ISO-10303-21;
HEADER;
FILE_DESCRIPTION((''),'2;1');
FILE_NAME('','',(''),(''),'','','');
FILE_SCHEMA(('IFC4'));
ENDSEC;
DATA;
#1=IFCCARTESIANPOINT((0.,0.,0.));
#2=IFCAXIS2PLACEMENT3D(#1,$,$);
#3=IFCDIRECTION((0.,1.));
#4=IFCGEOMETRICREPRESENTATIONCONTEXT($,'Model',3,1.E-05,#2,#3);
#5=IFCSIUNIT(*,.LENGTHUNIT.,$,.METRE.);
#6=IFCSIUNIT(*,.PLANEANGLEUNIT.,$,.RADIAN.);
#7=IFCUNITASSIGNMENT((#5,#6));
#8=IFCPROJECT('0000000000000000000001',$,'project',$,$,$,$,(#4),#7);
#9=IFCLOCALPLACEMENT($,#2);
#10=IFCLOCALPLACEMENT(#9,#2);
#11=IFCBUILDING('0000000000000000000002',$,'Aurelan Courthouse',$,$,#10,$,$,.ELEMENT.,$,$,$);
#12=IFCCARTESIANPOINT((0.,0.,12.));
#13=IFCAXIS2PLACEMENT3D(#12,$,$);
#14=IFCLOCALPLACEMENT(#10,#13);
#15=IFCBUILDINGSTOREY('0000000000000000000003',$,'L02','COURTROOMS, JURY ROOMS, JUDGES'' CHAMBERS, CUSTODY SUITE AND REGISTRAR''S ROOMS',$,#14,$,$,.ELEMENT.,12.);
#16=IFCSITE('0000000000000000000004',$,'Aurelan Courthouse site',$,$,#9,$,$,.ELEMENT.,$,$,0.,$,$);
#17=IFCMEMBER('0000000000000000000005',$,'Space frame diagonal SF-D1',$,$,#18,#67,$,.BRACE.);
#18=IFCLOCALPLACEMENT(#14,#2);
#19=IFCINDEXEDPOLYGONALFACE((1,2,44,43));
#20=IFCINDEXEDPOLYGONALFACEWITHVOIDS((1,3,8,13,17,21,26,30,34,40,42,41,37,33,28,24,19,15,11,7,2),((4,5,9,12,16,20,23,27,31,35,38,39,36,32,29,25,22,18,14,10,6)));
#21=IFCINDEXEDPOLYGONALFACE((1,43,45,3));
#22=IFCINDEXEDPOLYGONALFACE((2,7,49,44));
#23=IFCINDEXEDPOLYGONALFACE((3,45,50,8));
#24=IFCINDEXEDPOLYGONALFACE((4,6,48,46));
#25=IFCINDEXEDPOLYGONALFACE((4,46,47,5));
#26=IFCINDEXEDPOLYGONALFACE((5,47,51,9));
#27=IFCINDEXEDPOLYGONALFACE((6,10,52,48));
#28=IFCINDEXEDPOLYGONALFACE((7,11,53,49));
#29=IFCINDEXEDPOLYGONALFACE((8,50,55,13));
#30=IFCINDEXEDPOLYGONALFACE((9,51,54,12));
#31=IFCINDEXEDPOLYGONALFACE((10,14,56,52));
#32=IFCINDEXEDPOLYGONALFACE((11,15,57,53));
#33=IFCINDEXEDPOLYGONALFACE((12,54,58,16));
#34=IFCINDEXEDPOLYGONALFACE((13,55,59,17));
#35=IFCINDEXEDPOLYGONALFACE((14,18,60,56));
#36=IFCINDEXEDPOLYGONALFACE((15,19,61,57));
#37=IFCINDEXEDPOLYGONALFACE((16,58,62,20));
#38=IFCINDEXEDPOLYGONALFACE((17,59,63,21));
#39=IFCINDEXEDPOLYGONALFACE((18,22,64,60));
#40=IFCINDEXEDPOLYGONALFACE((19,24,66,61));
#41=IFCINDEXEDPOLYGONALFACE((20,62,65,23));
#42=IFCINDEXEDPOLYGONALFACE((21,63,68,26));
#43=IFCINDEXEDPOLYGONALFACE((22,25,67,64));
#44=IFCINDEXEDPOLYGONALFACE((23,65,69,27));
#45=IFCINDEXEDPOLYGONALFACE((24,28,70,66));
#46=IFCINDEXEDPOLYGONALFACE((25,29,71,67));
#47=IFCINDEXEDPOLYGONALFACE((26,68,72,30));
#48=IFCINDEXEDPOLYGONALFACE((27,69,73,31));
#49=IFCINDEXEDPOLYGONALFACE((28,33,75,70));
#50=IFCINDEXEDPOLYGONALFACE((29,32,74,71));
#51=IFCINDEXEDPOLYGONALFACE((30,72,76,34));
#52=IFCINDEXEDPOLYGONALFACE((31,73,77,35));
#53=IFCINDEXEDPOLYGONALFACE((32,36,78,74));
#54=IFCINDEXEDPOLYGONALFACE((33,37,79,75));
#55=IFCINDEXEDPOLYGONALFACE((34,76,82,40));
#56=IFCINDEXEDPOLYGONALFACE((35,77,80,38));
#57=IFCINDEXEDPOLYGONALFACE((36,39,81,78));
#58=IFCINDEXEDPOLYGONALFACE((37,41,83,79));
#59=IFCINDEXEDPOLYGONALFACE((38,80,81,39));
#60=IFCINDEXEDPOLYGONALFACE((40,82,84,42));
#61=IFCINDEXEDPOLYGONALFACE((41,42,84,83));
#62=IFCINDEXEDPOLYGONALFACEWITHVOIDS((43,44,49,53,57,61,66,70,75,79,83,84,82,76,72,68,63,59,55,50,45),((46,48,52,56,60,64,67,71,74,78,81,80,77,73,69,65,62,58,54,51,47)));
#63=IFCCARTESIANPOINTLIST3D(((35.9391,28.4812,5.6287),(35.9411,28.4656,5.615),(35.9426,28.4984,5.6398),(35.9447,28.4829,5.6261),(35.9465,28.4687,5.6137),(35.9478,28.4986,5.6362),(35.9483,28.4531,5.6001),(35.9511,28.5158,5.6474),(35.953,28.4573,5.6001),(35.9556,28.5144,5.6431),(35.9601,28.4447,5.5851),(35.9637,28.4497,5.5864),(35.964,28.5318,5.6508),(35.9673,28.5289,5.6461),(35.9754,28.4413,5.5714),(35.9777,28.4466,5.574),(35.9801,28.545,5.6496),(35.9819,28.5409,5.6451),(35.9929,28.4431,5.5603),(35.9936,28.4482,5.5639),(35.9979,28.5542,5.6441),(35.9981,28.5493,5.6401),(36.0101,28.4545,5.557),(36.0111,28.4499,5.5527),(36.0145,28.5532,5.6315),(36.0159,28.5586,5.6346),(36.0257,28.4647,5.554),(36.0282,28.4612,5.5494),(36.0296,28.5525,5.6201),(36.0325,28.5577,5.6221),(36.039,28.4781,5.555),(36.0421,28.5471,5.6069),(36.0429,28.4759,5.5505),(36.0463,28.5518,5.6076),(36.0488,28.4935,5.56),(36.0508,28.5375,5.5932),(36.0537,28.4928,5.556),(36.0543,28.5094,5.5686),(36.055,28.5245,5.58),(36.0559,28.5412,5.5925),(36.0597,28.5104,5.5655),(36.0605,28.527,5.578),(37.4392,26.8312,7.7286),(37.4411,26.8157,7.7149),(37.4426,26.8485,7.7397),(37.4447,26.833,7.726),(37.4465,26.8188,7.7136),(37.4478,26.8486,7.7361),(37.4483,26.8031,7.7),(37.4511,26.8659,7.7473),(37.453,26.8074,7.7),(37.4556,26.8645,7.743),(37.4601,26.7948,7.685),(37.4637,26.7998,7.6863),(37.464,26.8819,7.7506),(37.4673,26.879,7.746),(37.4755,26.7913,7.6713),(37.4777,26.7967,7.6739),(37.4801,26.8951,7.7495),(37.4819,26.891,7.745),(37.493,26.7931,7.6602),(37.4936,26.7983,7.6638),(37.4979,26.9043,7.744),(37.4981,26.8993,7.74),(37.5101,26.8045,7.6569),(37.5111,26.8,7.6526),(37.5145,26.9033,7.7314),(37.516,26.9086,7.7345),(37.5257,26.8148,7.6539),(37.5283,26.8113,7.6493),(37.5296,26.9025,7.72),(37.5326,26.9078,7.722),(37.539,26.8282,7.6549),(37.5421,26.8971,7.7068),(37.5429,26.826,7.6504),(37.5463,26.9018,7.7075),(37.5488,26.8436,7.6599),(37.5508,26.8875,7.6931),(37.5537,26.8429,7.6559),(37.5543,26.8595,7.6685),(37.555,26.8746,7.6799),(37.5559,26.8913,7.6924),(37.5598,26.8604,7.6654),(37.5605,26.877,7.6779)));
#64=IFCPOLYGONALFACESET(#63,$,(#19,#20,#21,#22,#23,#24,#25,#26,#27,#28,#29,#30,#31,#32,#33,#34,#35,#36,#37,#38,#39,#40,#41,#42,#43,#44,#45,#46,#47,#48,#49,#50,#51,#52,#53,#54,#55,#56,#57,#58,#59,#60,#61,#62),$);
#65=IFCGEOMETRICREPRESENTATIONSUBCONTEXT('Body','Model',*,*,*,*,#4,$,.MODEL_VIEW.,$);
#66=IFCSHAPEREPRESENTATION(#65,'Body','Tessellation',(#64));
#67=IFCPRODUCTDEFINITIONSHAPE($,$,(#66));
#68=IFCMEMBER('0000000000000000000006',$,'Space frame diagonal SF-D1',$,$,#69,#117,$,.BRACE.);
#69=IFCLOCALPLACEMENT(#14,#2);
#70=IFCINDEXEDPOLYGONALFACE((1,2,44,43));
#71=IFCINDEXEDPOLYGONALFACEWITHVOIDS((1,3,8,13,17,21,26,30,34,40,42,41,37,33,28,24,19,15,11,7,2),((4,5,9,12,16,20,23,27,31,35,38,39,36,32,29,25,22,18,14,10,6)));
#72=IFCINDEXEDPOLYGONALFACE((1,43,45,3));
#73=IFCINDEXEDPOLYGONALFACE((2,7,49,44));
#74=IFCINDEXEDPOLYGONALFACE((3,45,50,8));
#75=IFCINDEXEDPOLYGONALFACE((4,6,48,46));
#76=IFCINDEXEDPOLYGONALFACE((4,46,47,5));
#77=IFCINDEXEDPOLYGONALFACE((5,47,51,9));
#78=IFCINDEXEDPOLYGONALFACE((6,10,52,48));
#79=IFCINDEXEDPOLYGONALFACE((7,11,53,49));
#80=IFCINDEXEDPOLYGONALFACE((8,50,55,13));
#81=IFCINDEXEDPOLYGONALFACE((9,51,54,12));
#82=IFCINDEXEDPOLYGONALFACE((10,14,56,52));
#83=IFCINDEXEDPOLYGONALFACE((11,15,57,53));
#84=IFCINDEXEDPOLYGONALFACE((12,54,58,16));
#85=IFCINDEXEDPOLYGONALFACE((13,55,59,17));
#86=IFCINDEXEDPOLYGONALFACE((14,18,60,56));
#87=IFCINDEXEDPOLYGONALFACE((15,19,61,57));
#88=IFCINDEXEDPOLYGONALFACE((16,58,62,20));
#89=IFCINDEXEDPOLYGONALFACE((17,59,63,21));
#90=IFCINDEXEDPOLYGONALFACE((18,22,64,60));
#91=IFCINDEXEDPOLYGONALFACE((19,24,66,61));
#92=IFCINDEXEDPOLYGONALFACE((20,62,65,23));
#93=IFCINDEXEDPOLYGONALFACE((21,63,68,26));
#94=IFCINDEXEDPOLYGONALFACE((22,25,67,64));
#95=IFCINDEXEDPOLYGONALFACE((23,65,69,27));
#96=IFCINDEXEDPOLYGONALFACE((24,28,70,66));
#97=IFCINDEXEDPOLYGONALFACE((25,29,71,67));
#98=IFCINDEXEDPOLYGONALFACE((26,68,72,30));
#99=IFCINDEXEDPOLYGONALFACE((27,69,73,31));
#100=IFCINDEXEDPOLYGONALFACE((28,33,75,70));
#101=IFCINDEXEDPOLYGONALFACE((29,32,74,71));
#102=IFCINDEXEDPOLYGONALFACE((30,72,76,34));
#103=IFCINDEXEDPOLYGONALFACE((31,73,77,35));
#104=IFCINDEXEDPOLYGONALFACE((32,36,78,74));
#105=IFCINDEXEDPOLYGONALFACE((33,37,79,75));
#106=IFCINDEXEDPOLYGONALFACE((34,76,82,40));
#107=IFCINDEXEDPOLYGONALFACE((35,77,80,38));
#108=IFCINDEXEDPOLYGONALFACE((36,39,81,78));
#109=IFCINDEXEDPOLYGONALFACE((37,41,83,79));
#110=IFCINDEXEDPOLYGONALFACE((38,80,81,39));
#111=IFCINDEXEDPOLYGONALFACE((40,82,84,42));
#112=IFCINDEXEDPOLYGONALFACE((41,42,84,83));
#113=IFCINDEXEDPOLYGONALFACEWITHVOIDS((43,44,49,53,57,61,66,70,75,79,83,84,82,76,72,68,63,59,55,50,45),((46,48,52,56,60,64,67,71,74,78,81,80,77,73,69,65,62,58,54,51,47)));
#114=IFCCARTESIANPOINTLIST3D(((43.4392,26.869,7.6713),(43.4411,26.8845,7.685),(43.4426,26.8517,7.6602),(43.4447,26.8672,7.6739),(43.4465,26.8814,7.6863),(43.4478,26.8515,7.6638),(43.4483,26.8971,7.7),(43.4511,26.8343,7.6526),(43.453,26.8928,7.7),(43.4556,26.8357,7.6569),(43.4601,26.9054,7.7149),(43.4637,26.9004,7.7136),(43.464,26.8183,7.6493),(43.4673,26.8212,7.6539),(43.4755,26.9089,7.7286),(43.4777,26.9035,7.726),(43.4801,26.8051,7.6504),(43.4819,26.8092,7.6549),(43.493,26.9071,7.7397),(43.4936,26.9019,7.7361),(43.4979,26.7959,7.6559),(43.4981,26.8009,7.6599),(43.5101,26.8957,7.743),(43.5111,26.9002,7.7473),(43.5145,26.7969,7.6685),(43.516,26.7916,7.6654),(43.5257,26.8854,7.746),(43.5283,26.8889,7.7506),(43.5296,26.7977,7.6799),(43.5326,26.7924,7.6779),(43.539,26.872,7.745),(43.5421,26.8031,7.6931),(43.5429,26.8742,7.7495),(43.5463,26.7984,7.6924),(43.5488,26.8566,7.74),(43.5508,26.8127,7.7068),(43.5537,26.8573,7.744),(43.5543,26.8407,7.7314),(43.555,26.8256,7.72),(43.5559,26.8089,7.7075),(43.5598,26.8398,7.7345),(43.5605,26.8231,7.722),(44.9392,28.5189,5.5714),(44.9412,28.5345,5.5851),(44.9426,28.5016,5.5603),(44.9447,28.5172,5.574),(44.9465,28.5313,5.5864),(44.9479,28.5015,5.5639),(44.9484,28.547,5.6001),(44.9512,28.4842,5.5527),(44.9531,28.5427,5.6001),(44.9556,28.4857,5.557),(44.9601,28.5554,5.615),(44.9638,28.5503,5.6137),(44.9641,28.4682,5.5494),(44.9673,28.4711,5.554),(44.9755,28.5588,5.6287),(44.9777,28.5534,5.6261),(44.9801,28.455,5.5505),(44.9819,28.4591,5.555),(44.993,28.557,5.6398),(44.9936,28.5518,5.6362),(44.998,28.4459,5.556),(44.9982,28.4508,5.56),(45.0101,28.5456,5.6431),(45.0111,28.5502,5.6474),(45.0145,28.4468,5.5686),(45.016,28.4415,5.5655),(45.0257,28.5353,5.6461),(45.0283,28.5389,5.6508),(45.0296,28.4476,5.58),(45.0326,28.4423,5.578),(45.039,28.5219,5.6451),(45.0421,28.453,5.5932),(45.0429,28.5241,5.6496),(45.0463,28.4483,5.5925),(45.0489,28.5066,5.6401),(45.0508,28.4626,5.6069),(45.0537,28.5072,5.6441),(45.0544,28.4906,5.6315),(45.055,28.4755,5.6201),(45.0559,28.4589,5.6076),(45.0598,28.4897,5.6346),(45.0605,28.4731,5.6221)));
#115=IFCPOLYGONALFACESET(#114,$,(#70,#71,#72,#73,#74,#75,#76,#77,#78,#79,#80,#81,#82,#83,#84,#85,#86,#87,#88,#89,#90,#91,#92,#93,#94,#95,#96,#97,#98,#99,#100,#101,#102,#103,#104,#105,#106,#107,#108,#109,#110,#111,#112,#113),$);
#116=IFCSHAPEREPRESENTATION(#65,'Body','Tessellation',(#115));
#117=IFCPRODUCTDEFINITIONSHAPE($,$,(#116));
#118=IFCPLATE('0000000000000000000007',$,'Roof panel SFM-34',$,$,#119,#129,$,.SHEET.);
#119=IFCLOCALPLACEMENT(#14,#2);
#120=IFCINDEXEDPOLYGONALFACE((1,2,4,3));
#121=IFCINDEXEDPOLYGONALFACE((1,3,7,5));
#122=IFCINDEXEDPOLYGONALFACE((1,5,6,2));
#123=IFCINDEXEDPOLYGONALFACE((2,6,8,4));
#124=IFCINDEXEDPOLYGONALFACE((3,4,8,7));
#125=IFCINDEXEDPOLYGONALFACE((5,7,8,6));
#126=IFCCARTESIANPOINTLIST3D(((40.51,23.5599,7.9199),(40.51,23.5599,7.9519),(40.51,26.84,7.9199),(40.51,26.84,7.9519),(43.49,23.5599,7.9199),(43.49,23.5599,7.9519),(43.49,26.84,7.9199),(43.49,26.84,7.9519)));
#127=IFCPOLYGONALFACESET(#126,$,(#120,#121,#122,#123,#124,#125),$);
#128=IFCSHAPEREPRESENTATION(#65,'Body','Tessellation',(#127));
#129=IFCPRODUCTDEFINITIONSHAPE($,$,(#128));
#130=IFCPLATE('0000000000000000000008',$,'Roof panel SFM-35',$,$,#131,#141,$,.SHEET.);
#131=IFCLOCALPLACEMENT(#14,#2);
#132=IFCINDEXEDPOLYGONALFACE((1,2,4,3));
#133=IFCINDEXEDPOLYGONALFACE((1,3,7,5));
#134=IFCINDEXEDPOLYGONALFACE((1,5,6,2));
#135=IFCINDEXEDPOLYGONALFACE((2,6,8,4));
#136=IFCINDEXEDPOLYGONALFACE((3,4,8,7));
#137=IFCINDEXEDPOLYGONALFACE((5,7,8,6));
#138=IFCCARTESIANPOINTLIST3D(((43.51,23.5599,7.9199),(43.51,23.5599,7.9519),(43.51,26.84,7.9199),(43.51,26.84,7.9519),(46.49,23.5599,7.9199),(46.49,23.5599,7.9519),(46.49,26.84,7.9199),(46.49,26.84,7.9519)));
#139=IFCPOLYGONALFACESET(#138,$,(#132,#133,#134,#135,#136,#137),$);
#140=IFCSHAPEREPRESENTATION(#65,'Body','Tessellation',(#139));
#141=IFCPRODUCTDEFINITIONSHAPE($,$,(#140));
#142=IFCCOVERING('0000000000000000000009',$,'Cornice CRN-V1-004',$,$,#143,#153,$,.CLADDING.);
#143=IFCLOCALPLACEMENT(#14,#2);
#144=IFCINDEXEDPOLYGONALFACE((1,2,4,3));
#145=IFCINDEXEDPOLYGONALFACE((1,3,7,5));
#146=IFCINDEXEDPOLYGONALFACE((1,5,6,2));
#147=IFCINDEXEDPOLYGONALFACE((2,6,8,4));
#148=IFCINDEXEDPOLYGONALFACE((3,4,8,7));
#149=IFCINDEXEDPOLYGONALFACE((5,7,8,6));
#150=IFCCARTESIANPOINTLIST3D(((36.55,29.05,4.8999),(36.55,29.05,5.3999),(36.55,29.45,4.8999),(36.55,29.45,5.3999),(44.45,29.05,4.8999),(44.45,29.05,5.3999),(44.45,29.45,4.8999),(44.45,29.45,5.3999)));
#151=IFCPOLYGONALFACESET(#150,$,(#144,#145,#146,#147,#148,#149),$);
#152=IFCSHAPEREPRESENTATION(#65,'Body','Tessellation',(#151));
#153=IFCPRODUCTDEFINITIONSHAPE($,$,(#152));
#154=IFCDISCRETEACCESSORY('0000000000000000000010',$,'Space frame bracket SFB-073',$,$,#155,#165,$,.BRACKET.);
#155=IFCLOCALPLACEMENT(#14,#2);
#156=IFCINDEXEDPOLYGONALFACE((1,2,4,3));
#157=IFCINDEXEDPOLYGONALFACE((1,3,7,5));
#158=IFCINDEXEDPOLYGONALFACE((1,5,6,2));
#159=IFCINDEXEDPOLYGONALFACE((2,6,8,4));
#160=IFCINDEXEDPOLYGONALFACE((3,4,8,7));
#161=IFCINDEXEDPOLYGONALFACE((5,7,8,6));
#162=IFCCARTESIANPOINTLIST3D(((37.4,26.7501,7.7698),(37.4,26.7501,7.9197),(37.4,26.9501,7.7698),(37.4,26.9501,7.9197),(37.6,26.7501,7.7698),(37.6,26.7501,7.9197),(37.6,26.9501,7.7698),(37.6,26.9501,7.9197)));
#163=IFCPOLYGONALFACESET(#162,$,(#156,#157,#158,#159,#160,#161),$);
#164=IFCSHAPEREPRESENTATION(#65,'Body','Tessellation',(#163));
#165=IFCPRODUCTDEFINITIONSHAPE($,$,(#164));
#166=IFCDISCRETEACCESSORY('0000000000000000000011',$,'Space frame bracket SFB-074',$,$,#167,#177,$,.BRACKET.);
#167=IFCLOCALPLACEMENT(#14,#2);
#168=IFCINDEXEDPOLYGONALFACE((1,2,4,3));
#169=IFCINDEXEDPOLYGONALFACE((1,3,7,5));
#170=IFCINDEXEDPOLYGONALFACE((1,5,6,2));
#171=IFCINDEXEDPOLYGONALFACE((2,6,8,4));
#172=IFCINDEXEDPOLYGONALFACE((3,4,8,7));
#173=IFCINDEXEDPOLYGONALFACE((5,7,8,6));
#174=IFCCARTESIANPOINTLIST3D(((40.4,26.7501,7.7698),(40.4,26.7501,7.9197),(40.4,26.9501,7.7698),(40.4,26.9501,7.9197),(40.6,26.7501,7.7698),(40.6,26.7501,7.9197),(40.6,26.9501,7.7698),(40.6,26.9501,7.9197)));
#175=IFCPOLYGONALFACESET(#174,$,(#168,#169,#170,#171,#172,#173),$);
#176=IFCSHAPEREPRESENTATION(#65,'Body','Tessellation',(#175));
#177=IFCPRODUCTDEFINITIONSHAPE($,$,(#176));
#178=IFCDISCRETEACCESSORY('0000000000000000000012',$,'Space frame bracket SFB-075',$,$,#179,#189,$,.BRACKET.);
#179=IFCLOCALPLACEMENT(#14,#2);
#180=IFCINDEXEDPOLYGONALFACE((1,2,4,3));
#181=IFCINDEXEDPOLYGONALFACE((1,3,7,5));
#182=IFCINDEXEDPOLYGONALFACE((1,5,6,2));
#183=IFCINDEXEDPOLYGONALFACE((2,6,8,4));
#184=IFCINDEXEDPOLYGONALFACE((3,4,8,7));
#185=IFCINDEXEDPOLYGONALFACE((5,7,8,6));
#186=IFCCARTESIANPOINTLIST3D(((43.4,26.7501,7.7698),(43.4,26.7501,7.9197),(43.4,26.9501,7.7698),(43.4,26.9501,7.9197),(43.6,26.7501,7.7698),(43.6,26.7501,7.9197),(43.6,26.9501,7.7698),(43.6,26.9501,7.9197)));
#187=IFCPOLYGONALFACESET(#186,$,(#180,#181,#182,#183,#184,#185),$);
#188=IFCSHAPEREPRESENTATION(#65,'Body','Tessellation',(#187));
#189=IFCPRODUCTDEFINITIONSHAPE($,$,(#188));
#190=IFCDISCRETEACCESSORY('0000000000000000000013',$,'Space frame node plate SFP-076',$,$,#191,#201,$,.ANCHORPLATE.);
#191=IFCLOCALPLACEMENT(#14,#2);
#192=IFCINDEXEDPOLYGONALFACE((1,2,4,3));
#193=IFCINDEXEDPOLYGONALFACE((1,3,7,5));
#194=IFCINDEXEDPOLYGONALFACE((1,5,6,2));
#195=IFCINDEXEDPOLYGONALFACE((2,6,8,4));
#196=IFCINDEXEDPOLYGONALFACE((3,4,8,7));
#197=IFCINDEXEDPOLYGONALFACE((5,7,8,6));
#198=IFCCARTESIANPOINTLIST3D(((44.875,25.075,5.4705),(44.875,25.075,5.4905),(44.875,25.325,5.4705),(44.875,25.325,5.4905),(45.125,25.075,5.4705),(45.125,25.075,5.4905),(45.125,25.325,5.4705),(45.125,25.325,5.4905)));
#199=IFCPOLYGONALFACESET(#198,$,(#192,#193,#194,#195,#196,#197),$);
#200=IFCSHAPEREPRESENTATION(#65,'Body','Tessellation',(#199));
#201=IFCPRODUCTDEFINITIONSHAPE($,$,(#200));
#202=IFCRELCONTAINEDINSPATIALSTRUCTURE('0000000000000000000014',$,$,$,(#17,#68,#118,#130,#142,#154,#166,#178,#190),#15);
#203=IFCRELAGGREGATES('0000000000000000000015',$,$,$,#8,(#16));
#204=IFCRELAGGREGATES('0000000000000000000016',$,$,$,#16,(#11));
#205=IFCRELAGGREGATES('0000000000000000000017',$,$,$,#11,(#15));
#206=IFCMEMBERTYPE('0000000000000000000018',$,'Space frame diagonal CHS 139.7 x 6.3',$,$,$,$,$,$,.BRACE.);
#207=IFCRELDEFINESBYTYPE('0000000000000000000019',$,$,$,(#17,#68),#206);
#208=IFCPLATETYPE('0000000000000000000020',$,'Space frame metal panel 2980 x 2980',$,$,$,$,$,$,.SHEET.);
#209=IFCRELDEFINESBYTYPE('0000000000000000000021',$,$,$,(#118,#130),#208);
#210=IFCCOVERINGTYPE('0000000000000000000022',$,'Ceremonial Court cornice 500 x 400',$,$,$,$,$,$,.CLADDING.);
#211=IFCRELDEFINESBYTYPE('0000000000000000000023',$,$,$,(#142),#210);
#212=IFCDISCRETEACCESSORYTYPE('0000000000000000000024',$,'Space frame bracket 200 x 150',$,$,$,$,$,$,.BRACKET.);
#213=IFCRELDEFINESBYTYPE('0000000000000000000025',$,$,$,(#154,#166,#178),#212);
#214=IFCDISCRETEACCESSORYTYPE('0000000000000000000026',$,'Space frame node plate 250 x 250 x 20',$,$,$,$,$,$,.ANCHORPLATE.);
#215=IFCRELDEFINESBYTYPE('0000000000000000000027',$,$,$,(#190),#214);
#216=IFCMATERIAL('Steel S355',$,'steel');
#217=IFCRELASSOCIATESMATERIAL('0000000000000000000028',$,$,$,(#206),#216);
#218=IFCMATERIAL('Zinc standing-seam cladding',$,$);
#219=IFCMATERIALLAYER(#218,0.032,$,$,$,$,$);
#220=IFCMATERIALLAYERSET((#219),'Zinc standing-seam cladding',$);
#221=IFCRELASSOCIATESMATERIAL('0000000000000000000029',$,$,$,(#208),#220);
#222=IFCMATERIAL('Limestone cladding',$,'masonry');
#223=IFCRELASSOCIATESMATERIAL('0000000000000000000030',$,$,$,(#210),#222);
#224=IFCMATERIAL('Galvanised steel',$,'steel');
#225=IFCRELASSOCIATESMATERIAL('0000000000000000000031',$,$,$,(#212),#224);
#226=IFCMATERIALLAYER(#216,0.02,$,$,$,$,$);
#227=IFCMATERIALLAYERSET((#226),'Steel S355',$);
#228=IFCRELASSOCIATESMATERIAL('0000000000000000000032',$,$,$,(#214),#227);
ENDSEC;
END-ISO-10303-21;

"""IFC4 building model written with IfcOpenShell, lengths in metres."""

from ifc_helpers import new_model, si_unit, direction, frame, origin, origin_2d, place, context, subcontext, project, spatial, rectangle, hollow_circle, extrude, material, layer, layer_set, material_profile, profile_set, type_object, element, save


model = new_model("IFC4")

# Units and contexts
model_context = context("Model", 3, precision=1e-05, world=origin(), true_north=direction((0.0, 1.0)))
body_context = subcontext(model_context, "Body", "Model", "MODEL_VIEW")
ifc_project = project(units=[si_unit("LENGTHUNIT", "METRE"), si_unit("PLANEANGLEUNIT", "RADIAN")], contexts=[model_context])

# Site, building, storey
site_placement = place(None, origin())
site = spatial("IfcSite", under=ifc_project, at=site_placement, Name="Aurelan Courthouse site", CompositionType="ELEMENT", RefElevation=0.0)
building_placement = place(site_placement, origin())
building = spatial("IfcBuilding", under=site, at=building_placement, Name="Aurelan Courthouse", CompositionType="ELEMENT")
storey_placement = place(building_placement, frame((0.0, 0.0, 12.0)))
storey = spatial("IfcBuildingStorey", under=building, at=storey_placement, Name="L02", Description="COURTROOMS, JURY ROOMS, JUDGES' CHAMBERS, CUSTODY SUITE AND REGISTRAR'S ROOMS", CompositionType="ELEMENT", Elevation=12.0)

# Members
ifc_material_1 = material(Name="Steel S355", Category="steel")
ifc_material_profile_1 = material_profile(ifc_material_1, hollow_circle(Radius=0.0698, WallThickness=0.0063, at=origin_2d()), Name="CHS 139.7 x 6.3")
ifc_profile_set_1 = profile_set([ifc_material_profile_1], Name="Steel S355")
member_type_1 = type_object("IfcMemberType", Name="Space frame diagonal CHS 139.7 x 6.3", PredefinedType="BRACE", material=ifc_profile_set_1)
for number, where, z_axis, x_axis, name in (
    (1, (37.5, 26.8501, 7.7), (-0.489727, 0.538667, -0.685569), (-0.73992, -0.672695, 0.0), "Space frame diagonal SF-D1"),
    (2, (43.5, 26.8501, 7.7), (0.489727, 0.538667, -0.685569), (-0.73992, 0.672695, 0.0), "Space frame diagonal SF-D1"),
):
    element("IfcMember", number, at=place(storey_placement, frame(where, z_axis=z_axis, x_axis=x_axis)), inside=storey, type_object=member_type_1, Name=name, PredefinedType="BRACE", context=body_context, shape_type="SweptSolid", body=[
        extrude(hollow_circle(Radius=0.0698, WallThickness=0.0063, at=origin_2d()), origin(), (0.0, 0.0, 1.0), 3.063),
    ])

# Plates
ifc_material_2 = material(Name="Zinc standing-seam cladding")
ifc_layer_1 = layer(ifc_material_2, 0.032)
ifc_layer_set_1 = layer_set([ifc_layer_1], Name="Zinc standing-seam cladding")
plate_type = type_object("IfcPlateType", Name="Space frame metal panel 2980 x 2980", PredefinedType="SHEET", material=ifc_layer_set_1)
for number, where, z_axis, x_axis, name in (
    (3, (42.0, 25.2, 7.9199), (0.0, 0.0, 1.0), (1.0, 0.0, 0.0), "Roof panel SFM-34"),
    (4, (45.0, 25.2, 7.9199), (0.0, 0.0, 1.0), (1.0, 0.0, 0.0), "Roof panel SFM-35"),
):
    element("IfcPlate", number, at=place(storey_placement, frame(where, z_axis=z_axis, x_axis=x_axis)), inside=storey, type_object=plate_type, Name=name, PredefinedType="SHEET", context=body_context, shape_type="SweptSolid", body=[
        extrude(rectangle(XDim=2.98, YDim=3.28, at=origin_2d()), origin(), (0.0, 0.0, 1.0), 0.032),
    ])

# Covering
ifc_material_3 = material(Name="Limestone cladding", Category="masonry")
covering_type = type_object("IfcCoveringType", Name="Ceremonial Court cornice 500 x 400", PredefinedType="CLADDING", material=ifc_material_3)
covering_placement = place(storey_placement, frame((40.5, 29.25, 4.8999), z_axis=(0.0, 0.0, 1.0), x_axis=(1.0, 0.0, 0.0)))
element("IfcCovering", 5, at=covering_placement, inside=storey, type_object=covering_type, Name="Cornice CRN-V1-004", PredefinedType="CLADDING", context=body_context, shape_type="SweptSolid", body=[
    extrude(rectangle(XDim=7.8999, YDim=0.3999, at=origin_2d()), origin(), (0.0, 0.0, 1.0), 0.5),
])

# Discrete accessories
ifc_material_4 = material(Name="Galvanised steel", Category="steel")
discrete_accessory_type_1 = type_object("IfcDiscreteAccessoryType", Name="Space frame bracket 200 x 150", PredefinedType="BRACKET", material=ifc_material_4)
for number, where, z_axis, x_axis, name in (
    (6, (37.5, 26.8501, 7.7698), (0.0, 0.0, 1.0), (1.0, 0.0, 0.0), "Space frame bracket SFB-073"),
    (7, (40.5, 26.8501, 7.7698), (0.0, 0.0, 1.0), (1.0, 0.0, 0.0), "Space frame bracket SFB-074"),
    (8, (43.5, 26.8501, 7.7698), (0.0, 0.0, 1.0), (1.0, 0.0, 0.0), "Space frame bracket SFB-075"),
):
    element("IfcDiscreteAccessory", number, at=place(storey_placement, frame(where, z_axis=z_axis, x_axis=x_axis)), inside=storey, type_object=discrete_accessory_type_1, Name=name, PredefinedType="BRACKET", context=body_context, shape_type="SweptSolid", body=[
        extrude(rectangle(XDim=0.2, YDim=0.2, at=origin_2d()), origin(), (0.0, 0.0, 1.0), 0.1499),
    ])
ifc_layer_2 = layer(ifc_material_1, 0.02)
ifc_layer_set_2 = layer_set([ifc_layer_2], Name="Steel S355")
discrete_accessory_type_2 = type_object("IfcDiscreteAccessoryType", Name="Space frame node plate 250 x 250 x 20", PredefinedType="ANCHORPLATE", material=ifc_layer_set_2)
for number, where, z_axis, x_axis, name in (
    (9, (45.0, 25.2, 5.4705), (0.0, 0.0, 1.0), (1.0, 0.0, 0.0), "Space frame node plate SFP-076"),
):
    element("IfcDiscreteAccessory", number, at=place(storey_placement, frame(where, z_axis=z_axis, x_axis=x_axis)), inside=storey, type_object=discrete_accessory_type_2, Name=name, PredefinedType="ANCHORPLATE", context=body_context, shape_type="SweptSolid", body=[
        extrude(rectangle(XDim=0.25, YDim=0.25, at=origin_2d()), origin(), (0.0, 0.0, 1.0), 0.02),
    ])

save(model, "model.ifc")
